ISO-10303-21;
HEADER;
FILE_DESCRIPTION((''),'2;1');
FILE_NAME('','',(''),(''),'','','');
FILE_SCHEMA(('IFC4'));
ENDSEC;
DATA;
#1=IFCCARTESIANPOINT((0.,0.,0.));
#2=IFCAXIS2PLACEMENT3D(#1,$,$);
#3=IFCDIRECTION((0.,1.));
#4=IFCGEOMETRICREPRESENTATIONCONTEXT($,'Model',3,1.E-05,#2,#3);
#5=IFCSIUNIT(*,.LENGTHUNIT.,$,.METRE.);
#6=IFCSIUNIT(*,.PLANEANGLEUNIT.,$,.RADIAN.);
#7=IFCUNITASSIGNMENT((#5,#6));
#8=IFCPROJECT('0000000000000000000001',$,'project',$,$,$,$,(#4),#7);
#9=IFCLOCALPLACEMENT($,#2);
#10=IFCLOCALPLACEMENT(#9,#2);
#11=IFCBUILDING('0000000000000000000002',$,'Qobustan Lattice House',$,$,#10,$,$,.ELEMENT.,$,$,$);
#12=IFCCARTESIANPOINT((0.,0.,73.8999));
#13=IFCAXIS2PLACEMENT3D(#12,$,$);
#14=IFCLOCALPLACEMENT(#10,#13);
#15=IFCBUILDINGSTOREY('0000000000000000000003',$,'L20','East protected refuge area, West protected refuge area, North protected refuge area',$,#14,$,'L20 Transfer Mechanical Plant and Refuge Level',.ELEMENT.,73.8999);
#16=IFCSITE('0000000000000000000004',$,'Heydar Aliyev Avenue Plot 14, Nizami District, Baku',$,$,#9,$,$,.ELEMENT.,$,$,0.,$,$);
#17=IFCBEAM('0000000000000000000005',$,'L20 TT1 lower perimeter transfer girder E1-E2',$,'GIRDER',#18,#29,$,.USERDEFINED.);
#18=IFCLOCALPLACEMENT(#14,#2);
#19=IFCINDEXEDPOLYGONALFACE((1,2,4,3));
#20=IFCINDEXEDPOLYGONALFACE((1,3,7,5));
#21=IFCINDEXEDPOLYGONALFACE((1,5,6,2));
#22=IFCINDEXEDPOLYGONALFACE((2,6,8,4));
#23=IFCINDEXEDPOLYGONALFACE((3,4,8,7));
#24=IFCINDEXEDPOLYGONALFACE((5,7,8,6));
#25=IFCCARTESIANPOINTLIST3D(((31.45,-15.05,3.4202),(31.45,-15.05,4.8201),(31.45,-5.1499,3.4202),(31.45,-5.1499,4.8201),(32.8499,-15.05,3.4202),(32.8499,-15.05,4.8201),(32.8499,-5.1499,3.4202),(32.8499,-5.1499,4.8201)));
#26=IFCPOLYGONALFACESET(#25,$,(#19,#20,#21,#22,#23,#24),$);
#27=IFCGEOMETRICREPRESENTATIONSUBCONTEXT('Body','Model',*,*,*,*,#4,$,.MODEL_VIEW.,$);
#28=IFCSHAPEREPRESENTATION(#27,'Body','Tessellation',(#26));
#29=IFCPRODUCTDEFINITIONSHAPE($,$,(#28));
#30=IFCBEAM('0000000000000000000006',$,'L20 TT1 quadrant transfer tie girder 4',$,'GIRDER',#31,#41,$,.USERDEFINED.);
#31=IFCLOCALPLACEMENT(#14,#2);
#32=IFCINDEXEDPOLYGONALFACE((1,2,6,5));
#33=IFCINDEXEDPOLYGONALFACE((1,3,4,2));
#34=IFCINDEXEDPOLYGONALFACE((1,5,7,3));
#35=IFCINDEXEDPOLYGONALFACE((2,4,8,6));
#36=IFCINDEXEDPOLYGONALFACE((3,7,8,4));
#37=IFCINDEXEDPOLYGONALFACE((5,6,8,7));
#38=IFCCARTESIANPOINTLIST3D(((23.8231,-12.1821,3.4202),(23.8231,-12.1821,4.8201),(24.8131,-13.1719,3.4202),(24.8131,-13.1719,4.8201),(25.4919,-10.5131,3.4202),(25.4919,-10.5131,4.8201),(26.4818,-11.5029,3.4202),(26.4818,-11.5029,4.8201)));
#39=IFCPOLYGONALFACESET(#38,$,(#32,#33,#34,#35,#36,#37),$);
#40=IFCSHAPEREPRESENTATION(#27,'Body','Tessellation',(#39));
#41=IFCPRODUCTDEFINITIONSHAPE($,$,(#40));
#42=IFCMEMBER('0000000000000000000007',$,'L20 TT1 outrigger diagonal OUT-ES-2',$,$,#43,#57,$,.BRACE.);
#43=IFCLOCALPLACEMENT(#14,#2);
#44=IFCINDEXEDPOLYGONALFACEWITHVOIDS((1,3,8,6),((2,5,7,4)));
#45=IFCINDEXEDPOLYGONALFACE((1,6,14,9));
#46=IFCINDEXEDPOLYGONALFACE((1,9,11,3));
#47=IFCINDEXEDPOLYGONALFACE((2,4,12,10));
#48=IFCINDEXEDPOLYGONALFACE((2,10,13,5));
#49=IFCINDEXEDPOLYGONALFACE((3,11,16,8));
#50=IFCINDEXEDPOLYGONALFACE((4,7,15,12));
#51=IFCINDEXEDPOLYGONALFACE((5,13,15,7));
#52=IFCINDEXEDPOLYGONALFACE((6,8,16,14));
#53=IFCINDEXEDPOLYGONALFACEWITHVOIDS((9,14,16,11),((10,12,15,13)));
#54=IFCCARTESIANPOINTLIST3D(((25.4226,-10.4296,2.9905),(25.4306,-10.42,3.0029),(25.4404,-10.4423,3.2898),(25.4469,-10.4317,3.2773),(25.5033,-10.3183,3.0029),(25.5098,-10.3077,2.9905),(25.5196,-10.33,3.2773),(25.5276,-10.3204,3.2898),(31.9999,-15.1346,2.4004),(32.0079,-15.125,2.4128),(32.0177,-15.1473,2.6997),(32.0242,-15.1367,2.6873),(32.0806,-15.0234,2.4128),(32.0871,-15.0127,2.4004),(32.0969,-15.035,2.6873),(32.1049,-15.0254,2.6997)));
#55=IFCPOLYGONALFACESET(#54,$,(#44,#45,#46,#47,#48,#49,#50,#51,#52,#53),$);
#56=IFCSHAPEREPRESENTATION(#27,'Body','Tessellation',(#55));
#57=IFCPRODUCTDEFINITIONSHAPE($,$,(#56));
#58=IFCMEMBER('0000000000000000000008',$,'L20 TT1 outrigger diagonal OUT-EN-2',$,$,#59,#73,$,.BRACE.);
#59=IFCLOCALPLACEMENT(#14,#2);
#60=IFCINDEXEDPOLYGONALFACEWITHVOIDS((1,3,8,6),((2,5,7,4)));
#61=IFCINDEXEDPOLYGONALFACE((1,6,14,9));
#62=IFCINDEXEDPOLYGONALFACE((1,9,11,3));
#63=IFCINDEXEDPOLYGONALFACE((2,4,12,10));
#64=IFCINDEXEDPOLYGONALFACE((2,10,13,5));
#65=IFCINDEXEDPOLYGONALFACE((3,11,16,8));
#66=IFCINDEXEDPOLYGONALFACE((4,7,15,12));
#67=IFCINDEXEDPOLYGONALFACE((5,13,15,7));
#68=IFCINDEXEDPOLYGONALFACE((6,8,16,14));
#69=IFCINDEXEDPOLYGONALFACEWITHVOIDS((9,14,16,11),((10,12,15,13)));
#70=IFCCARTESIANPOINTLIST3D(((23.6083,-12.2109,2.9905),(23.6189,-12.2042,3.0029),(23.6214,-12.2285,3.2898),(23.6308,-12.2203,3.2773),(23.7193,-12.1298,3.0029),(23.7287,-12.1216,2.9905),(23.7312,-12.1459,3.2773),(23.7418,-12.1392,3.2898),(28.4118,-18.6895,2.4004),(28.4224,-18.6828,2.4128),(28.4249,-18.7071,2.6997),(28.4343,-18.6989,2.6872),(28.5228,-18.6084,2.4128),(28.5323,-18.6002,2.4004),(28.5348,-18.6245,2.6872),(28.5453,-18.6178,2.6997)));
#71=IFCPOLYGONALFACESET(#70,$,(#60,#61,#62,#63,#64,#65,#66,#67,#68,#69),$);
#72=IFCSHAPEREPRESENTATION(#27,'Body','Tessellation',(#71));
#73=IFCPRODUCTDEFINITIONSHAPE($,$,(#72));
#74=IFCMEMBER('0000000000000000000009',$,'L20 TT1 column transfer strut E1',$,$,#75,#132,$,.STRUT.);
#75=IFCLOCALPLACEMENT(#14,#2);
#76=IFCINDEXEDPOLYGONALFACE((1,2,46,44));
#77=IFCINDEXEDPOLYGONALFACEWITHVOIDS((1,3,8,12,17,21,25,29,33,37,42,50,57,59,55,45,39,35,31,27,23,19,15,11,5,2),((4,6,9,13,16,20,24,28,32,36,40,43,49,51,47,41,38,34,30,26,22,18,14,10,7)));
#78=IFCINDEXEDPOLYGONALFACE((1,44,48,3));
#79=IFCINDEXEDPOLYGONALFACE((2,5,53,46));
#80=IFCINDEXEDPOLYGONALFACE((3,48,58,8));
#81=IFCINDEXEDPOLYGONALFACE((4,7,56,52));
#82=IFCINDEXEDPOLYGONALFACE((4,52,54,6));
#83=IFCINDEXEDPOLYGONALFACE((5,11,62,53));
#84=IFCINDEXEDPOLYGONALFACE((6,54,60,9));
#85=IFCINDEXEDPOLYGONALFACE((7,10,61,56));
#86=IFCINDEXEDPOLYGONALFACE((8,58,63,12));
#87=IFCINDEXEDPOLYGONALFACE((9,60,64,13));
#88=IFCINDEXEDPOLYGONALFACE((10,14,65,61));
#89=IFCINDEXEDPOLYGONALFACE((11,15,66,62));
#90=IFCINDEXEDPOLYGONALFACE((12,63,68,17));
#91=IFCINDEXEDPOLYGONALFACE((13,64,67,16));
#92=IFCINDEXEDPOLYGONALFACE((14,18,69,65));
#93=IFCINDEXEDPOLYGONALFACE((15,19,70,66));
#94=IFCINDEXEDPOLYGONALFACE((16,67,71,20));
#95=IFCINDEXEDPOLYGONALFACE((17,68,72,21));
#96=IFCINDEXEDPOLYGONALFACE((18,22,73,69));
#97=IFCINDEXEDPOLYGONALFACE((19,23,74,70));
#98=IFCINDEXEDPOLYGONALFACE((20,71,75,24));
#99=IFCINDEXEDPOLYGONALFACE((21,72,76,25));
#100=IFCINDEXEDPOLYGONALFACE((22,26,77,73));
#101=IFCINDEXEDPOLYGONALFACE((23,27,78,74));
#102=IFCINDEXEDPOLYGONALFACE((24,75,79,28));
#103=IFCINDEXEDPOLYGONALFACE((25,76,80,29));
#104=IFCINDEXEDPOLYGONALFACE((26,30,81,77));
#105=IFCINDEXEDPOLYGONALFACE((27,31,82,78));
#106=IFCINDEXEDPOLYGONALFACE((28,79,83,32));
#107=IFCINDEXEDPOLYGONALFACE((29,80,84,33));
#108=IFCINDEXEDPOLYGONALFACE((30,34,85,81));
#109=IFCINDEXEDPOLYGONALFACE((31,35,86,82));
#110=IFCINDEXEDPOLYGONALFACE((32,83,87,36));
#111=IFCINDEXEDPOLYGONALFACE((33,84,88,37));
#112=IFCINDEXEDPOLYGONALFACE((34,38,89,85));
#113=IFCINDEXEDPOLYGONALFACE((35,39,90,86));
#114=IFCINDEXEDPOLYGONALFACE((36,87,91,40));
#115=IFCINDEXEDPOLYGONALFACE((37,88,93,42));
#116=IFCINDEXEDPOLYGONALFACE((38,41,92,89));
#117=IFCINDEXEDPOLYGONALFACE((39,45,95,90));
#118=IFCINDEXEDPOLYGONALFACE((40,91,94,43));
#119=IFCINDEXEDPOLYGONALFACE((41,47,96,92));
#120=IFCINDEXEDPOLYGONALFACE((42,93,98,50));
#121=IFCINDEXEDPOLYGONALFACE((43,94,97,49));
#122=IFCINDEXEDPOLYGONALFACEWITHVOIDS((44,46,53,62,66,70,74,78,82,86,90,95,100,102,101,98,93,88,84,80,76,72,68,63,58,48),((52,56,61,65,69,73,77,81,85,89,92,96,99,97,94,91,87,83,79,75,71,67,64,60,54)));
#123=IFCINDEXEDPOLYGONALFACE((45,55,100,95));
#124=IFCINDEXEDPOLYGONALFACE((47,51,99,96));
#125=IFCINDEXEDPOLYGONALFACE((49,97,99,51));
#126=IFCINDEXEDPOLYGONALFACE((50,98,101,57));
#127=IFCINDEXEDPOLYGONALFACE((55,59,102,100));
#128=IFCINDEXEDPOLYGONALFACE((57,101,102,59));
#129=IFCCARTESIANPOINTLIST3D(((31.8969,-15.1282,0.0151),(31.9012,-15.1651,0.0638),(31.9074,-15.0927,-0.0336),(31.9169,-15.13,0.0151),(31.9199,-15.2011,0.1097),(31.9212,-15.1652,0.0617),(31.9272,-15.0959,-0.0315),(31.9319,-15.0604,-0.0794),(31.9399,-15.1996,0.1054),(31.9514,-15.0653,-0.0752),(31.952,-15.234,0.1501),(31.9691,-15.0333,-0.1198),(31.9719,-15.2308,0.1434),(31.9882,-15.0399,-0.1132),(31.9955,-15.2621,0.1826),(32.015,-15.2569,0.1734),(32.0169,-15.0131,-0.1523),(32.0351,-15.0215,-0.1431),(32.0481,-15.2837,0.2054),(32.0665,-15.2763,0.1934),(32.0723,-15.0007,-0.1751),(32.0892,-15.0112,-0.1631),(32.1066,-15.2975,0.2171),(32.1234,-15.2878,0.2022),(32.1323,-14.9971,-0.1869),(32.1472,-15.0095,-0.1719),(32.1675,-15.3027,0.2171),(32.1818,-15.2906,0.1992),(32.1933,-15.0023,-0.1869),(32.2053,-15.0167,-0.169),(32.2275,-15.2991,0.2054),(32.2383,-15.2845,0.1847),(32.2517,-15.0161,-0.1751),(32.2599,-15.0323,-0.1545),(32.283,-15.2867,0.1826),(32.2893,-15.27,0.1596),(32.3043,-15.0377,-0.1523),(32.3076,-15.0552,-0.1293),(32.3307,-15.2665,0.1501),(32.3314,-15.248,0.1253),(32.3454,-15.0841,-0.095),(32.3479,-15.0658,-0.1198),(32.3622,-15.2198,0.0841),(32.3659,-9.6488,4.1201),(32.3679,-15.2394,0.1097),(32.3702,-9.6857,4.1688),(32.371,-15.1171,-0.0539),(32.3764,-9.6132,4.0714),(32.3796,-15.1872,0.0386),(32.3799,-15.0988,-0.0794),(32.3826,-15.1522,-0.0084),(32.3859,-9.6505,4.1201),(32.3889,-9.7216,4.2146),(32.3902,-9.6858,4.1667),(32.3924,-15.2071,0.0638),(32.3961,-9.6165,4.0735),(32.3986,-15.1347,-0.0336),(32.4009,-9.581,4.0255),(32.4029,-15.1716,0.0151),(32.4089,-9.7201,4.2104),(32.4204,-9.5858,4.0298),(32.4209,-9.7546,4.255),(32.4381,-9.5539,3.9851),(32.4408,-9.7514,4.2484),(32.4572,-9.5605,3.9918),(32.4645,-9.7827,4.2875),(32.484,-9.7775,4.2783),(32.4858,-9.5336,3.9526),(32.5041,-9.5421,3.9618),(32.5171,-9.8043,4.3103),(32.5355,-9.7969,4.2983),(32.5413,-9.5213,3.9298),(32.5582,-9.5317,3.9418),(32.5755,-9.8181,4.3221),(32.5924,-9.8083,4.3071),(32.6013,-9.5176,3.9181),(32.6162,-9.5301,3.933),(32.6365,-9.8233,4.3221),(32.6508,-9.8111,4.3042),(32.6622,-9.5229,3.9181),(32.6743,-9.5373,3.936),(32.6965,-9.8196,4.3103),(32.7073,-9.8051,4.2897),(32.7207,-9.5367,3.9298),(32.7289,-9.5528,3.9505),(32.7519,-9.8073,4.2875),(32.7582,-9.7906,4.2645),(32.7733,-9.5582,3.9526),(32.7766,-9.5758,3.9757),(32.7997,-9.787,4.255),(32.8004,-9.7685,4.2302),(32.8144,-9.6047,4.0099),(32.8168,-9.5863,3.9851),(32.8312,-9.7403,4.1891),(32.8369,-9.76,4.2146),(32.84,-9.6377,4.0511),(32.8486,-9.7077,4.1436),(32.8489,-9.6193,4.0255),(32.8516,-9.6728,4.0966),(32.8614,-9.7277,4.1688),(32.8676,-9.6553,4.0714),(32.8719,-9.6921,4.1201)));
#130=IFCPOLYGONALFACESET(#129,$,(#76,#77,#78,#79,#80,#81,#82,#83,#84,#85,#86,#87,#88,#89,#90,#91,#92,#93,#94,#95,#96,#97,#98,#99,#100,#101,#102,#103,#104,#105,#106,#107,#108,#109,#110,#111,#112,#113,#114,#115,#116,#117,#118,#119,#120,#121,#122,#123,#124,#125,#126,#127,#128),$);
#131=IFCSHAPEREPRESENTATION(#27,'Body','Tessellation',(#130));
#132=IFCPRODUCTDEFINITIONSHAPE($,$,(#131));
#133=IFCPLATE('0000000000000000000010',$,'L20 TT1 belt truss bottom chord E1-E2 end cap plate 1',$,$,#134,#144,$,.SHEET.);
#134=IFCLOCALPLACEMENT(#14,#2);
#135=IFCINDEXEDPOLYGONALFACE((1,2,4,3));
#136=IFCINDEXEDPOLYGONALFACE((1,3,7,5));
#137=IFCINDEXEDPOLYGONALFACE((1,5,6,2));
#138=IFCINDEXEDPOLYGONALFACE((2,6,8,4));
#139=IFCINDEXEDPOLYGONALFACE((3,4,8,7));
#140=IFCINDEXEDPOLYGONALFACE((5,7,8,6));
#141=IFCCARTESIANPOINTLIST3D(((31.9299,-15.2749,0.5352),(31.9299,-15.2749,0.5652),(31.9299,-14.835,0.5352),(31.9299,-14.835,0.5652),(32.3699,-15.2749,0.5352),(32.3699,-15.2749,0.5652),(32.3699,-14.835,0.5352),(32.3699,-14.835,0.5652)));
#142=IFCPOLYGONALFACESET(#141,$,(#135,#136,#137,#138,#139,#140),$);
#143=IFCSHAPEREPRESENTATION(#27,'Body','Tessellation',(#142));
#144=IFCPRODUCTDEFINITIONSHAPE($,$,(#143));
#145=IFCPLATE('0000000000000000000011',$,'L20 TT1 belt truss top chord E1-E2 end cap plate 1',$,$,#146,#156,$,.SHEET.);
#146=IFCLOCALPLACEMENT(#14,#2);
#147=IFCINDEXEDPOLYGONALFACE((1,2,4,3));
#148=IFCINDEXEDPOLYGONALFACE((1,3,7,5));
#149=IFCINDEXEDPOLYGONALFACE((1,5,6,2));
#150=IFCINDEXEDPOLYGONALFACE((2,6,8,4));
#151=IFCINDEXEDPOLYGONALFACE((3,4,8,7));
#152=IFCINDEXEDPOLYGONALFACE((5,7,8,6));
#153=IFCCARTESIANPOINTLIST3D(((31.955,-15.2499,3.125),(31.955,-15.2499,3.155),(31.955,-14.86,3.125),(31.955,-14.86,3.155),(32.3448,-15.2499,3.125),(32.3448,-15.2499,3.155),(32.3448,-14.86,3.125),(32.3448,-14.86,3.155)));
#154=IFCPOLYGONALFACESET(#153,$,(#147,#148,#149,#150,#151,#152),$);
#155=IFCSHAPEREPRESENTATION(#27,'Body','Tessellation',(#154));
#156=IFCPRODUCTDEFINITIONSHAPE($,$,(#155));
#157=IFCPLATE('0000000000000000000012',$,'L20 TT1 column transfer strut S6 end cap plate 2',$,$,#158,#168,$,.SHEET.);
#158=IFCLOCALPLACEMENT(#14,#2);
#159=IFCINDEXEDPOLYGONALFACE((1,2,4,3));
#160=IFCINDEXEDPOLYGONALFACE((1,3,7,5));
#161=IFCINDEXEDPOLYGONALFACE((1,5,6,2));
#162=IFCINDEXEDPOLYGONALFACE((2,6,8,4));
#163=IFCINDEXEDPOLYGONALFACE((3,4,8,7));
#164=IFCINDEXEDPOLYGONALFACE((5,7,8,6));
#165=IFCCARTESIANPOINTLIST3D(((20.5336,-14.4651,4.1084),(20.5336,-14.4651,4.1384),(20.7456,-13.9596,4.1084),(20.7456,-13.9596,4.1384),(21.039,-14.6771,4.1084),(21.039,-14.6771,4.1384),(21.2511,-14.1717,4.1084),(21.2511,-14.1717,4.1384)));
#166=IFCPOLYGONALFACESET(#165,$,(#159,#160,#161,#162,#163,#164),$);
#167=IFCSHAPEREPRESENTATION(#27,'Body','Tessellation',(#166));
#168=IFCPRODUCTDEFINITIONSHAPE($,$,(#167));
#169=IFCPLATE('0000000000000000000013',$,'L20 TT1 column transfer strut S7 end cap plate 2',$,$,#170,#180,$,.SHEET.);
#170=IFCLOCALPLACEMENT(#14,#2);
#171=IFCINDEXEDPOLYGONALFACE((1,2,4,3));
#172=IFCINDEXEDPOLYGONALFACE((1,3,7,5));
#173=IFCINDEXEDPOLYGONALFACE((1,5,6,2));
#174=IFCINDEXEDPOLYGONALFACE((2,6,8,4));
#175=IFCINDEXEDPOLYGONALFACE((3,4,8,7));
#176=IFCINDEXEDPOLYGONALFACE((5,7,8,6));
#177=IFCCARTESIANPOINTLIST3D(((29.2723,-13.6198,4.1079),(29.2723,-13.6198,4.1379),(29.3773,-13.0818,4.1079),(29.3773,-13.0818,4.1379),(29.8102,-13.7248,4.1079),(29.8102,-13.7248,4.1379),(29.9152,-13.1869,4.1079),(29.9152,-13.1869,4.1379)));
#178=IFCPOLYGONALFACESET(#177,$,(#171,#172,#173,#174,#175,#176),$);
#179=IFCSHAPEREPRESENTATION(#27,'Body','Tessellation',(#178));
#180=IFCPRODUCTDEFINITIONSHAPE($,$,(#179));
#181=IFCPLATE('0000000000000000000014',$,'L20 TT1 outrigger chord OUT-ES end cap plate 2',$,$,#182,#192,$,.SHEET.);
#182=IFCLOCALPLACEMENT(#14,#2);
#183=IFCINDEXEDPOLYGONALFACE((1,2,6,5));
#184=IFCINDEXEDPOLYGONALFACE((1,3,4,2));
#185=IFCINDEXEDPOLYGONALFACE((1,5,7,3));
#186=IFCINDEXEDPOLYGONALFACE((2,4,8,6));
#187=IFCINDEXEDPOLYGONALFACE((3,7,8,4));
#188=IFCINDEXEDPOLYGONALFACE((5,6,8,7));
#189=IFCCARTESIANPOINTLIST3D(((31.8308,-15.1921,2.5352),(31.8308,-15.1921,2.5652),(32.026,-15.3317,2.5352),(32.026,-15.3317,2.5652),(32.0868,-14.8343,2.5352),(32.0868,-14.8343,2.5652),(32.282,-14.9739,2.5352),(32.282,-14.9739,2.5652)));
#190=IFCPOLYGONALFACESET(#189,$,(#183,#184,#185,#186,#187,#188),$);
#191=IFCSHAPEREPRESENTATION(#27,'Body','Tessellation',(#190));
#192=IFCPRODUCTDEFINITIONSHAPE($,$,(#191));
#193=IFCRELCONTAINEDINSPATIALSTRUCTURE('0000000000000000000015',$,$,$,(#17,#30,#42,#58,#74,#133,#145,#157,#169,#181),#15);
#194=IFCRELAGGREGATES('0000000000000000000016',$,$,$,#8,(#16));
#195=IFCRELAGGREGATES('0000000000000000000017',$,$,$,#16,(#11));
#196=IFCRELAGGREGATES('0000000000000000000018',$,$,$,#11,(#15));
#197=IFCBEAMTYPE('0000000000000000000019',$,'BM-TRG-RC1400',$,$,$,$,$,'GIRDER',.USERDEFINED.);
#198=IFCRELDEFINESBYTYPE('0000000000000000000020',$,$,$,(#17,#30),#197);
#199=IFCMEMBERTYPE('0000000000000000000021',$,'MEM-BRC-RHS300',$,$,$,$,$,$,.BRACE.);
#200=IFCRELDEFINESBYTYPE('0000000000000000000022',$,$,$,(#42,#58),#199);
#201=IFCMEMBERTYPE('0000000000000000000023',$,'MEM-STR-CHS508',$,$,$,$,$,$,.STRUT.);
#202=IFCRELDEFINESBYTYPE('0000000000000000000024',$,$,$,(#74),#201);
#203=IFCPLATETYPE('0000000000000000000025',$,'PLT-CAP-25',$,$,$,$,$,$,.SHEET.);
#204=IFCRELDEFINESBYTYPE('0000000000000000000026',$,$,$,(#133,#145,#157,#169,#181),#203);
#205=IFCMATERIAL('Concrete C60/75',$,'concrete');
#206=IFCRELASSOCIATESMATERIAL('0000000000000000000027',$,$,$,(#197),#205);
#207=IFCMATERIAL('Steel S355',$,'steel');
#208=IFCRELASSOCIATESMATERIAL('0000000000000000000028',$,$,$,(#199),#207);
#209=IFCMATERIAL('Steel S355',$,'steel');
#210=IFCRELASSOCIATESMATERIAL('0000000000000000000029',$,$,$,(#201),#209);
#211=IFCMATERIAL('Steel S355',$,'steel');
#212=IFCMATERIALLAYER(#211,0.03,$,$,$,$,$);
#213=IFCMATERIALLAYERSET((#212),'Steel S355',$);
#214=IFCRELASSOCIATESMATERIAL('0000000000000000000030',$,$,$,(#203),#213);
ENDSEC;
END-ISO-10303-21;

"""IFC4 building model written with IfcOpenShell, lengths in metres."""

from ifc_helpers import new_model, si_unit, direction, frame, origin, origin_2d, place, context, subcontext, project, spatial, rectangle, hollow_rectangle, hollow_circle, extrude, material, layer, layer_set, material_profile, profile_set, type_object, element, save


model = new_model("IFC4")

# Units and contexts
model_context = context("Model", 3, precision=1e-05, world=origin(), true_north=direction((0.0, 1.0)))
body_context = subcontext(model_context, "Body", "Model", "MODEL_VIEW")
ifc_project = project(units=[si_unit("LENGTHUNIT", "METRE"), si_unit("PLANEANGLEUNIT", "RADIAN")], contexts=[model_context])

# Site, building, storey
site_placement = place(None, origin())
site = spatial("IfcSite", under=ifc_project, at=site_placement, Name="Heydar Aliyev Avenue Plot 14, Nizami District, Baku", CompositionType="ELEMENT", RefElevation=0.0)
building_placement = place(site_placement, origin())
building = spatial("IfcBuilding", under=site, at=building_placement, Name="Qobustan Lattice House", CompositionType="ELEMENT")
storey_placement = place(building_placement, frame((0.0, 0.0, 73.8999)))
storey = spatial("IfcBuildingStorey", under=building, at=storey_placement, Name="L20", Description="East protected refuge area, West protected refuge area, North protected refuge area", LongName="L20 Transfer Mechanical Plant and Refuge Level", CompositionType="ELEMENT", Elevation=73.8999)

# Beams
ifc_material_1 = material(Name="Concrete C60/75", Category="concrete")
ifc_material_profile_1 = material_profile(ifc_material_1, rectangle(XDim=1.3999, YDim=1.3999, at=origin_2d()), Name="RC1400x1400")
ifc_profile_set_1 = profile_set([ifc_material_profile_1], Name="Concrete C60/75")
beam_type = type_object("IfcBeamType", Name="BM-TRG-RC1400", ElementType="GIRDER", PredefinedType="USERDEFINED", material=ifc_profile_set_1)
beam_1_placement = place(storey_placement, frame((32.1499, -15.05, 4.1201), z_axis=(0.0, 1.0, 0.0), x_axis=(-1.0, 0.0, 0.0)))
element("IfcBeam", 1, at=beam_1_placement, inside=storey, type_object=beam_type, Name="L20 TT1 lower perimeter transfer girder E1-E2", ObjectType="GIRDER", PredefinedType="USERDEFINED", context=body_context, shape_type="SweptSolid", body=[
    extrude(rectangle(XDim=1.3999, YDim=1.3999, at=origin_2d()), origin(), (0.0, 0.0, 1.0), 9.9001),
])
beam_2_placement = place(storey_placement, frame((24.3181, -12.677, 4.1201), z_axis=(0.707055, 0.707159, 0.0), x_axis=(-0.707159, 0.707055, 0.0)))
element("IfcBeam", 2, at=beam_2_placement, inside=storey, type_object=beam_type, Name="L20 TT1 quadrant transfer tie girder 4", ObjectType="GIRDER", PredefinedType="USERDEFINED", context=body_context, shape_type="SweptSolid", body=[
    extrude(rectangle(XDim=1.3999, YDim=1.3999, at=origin_2d()), origin(), (0.0, 0.0, 1.0), 2.3601),
])

# Members
ifc_material_2 = material(Name="Steel S355", Category="steel")
ifc_material_profile_2 = material_profile(ifc_material_2, hollow_rectangle(XDim=0.1499, YDim=0.3, WallThickness=0.0125, at=origin_2d()), Name="RHS300x150x12.5")
ifc_profile_set_2 = profile_set([ifc_material_profile_2], Name="Steel S355")
member_type_1 = type_object("IfcMemberType", Name="MEM-BRC-RHS300", PredefinedType="BRACE", material=ifc_profile_set_2)
member_1_placement = place(storey_placement, frame((25.4751, -10.375, 3.1401), z_axis=(0.811171, -0.580264, -0.072774), x_axis=(0.581806, 0.813327, 0.0)))
element("IfcMember", 3, at=member_1_placement, inside=storey, type_object=member_type_1, Name="L20 TT1 outrigger diagonal OUT-ES-2", PredefinedType="BRACE", context=body_context, shape_type="SweptSolid", body=[
    extrude(hollow_rectangle(XDim=0.1499, YDim=0.3, WallThickness=0.0125, at=origin_2d()), origin(), (0.0, 0.0, 1.0), 8.1084),
])
member_2_placement = place(storey_placement, frame((23.675, -12.175, 3.1401), z_axis=(0.594005, -0.801145, -0.072971), x_axis=(0.803286, 0.595593, 0.0)))
element("IfcMember", 4, at=member_2_placement, inside=storey, type_object=member_type_1, Name="L20 TT1 outrigger diagonal OUT-EN-2", PredefinedType="BRACE", context=body_context, shape_type="SweptSolid", body=[
    extrude(hollow_rectangle(XDim=0.1499, YDim=0.3, WallThickness=0.0125, at=origin_2d()), origin(), (0.0, 0.0, 1.0), 8.0867),
])
ifc_material_3 = material(Name="Steel S355", Category="steel")
ifc_material_profile_3 = material_profile(ifc_material_3, hollow_circle(Radius=0.2539, WallThickness=0.02, at=origin_2d()), Name="CHS508x20")
ifc_profile_set_3 = profile_set([ifc_material_profile_3], Name="Steel S355")
member_type_2 = type_object("IfcMemberType", Name="MEM-STR-CHS508", PredefinedType="STRUT", material=ifc_profile_set_3)
member_3_placement = place(storey_placement, frame((32.1499, -15.1499, 0.0151), z_axis=(0.06834, 0.798454, 0.598165), x_axis=(-0.996357, 0.085279, 0.0)))
element("IfcMember", 5, at=member_3_placement, inside=storey, type_object=member_type_2, Name="L20 TT1 column transfer strut E1", PredefinedType="STRUT", context=body_context, shape_type="SweptSolid", body=[
    extrude(hollow_circle(Radius=0.2539, WallThickness=0.02, at=origin_2d()), origin(), (0.0, 0.0, 1.0), 6.8625),
])

# Plates
ifc_material_4 = material(Name="Steel S355", Category="steel")
ifc_layer_1 = layer(ifc_material_4, 0.03)
ifc_layer_set_1 = layer_set([ifc_layer_1], Name="Steel S355")
plate_type = type_object("IfcPlateType", Name="PLT-CAP-25", PredefinedType="SHEET", material=ifc_layer_set_1)
plate_1_placement = place(storey_placement, frame((32.1499, -15.0549, 0.5352), z_axis=(0.0, 0.0, 1.0), x_axis=(0.0, 1.0, 0.0)))
element("IfcPlate", 6, at=plate_1_placement, inside=storey, type_object=plate_type, Name="L20 TT1 belt truss bottom chord E1-E2 end cap plate 1", PredefinedType="SHEET", context=body_context, shape_type="SweptSolid", body=[
    extrude(rectangle(XDim=0.4399, YDim=0.4399, at=origin_2d()), origin(), (0.0, 0.0, 1.0), 0.03),
])
plate_2_placement = place(storey_placement, frame((32.1499, -15.0549, 3.125), z_axis=(0.0, 0.0, 1.0), x_axis=(0.0, 1.0, 0.0)))
element("IfcPlate", 7, at=plate_2_placement, inside=storey, type_object=plate_type, Name="L20 TT1 belt truss top chord E1-E2 end cap plate 1", PredefinedType="SHEET", context=body_context, shape_type="SweptSolid", body=[
    extrude(rectangle(XDim=0.3899, YDim=0.3899, at=origin_2d()), origin(), (0.0, 0.0, 1.0), 0.03),
])
for number, where, z_axis, x_axis, name in (
    (8, (20.8923, -14.3184, 4.1084), (0.0, 0.0, 1.0), (0.38684, 0.922147, 0.0), "L20 TT1 column transfer strut S6 end cap plate 2"),
    (9, (29.5938, -13.4033, 4.1079), (0.0, 0.0, 1.0), (0.19158, 0.981477, 0.0), "L20 TT1 column transfer strut S7 end cap plate 2"),
):
    element("IfcPlate", number, at=place(storey_placement, frame(where, z_axis=z_axis, x_axis=x_axis)), inside=storey, type_object=plate_type, Name=name, PredefinedType="SHEET", context=body_context, shape_type="SweptSolid", body=[
        extrude(rectangle(XDim=0.5481, YDim=0.5481, at=origin_2d()), origin(), (0.0, 0.0, 1.0), 0.03),
    ])
plate_3_placement = place(storey_placement, frame((32.0564, -15.083, 2.5352), z_axis=(0.0, 0.0, 1.0), x_axis=(0.813324, -0.581811, 0.0)))
element("IfcPlate", 10, at=plate_3_placement, inside=storey, type_object=plate_type, Name="L20 TT1 outrigger chord OUT-ES end cap plate 2", PredefinedType="SHEET", context=body_context, shape_type="SweptSolid", body=[
    extrude(rectangle(XDim=0.24, YDim=0.4399, at=origin_2d()), origin(), (0.0, 0.0, 1.0), 0.03),
])

save(model, "model.ifc")
